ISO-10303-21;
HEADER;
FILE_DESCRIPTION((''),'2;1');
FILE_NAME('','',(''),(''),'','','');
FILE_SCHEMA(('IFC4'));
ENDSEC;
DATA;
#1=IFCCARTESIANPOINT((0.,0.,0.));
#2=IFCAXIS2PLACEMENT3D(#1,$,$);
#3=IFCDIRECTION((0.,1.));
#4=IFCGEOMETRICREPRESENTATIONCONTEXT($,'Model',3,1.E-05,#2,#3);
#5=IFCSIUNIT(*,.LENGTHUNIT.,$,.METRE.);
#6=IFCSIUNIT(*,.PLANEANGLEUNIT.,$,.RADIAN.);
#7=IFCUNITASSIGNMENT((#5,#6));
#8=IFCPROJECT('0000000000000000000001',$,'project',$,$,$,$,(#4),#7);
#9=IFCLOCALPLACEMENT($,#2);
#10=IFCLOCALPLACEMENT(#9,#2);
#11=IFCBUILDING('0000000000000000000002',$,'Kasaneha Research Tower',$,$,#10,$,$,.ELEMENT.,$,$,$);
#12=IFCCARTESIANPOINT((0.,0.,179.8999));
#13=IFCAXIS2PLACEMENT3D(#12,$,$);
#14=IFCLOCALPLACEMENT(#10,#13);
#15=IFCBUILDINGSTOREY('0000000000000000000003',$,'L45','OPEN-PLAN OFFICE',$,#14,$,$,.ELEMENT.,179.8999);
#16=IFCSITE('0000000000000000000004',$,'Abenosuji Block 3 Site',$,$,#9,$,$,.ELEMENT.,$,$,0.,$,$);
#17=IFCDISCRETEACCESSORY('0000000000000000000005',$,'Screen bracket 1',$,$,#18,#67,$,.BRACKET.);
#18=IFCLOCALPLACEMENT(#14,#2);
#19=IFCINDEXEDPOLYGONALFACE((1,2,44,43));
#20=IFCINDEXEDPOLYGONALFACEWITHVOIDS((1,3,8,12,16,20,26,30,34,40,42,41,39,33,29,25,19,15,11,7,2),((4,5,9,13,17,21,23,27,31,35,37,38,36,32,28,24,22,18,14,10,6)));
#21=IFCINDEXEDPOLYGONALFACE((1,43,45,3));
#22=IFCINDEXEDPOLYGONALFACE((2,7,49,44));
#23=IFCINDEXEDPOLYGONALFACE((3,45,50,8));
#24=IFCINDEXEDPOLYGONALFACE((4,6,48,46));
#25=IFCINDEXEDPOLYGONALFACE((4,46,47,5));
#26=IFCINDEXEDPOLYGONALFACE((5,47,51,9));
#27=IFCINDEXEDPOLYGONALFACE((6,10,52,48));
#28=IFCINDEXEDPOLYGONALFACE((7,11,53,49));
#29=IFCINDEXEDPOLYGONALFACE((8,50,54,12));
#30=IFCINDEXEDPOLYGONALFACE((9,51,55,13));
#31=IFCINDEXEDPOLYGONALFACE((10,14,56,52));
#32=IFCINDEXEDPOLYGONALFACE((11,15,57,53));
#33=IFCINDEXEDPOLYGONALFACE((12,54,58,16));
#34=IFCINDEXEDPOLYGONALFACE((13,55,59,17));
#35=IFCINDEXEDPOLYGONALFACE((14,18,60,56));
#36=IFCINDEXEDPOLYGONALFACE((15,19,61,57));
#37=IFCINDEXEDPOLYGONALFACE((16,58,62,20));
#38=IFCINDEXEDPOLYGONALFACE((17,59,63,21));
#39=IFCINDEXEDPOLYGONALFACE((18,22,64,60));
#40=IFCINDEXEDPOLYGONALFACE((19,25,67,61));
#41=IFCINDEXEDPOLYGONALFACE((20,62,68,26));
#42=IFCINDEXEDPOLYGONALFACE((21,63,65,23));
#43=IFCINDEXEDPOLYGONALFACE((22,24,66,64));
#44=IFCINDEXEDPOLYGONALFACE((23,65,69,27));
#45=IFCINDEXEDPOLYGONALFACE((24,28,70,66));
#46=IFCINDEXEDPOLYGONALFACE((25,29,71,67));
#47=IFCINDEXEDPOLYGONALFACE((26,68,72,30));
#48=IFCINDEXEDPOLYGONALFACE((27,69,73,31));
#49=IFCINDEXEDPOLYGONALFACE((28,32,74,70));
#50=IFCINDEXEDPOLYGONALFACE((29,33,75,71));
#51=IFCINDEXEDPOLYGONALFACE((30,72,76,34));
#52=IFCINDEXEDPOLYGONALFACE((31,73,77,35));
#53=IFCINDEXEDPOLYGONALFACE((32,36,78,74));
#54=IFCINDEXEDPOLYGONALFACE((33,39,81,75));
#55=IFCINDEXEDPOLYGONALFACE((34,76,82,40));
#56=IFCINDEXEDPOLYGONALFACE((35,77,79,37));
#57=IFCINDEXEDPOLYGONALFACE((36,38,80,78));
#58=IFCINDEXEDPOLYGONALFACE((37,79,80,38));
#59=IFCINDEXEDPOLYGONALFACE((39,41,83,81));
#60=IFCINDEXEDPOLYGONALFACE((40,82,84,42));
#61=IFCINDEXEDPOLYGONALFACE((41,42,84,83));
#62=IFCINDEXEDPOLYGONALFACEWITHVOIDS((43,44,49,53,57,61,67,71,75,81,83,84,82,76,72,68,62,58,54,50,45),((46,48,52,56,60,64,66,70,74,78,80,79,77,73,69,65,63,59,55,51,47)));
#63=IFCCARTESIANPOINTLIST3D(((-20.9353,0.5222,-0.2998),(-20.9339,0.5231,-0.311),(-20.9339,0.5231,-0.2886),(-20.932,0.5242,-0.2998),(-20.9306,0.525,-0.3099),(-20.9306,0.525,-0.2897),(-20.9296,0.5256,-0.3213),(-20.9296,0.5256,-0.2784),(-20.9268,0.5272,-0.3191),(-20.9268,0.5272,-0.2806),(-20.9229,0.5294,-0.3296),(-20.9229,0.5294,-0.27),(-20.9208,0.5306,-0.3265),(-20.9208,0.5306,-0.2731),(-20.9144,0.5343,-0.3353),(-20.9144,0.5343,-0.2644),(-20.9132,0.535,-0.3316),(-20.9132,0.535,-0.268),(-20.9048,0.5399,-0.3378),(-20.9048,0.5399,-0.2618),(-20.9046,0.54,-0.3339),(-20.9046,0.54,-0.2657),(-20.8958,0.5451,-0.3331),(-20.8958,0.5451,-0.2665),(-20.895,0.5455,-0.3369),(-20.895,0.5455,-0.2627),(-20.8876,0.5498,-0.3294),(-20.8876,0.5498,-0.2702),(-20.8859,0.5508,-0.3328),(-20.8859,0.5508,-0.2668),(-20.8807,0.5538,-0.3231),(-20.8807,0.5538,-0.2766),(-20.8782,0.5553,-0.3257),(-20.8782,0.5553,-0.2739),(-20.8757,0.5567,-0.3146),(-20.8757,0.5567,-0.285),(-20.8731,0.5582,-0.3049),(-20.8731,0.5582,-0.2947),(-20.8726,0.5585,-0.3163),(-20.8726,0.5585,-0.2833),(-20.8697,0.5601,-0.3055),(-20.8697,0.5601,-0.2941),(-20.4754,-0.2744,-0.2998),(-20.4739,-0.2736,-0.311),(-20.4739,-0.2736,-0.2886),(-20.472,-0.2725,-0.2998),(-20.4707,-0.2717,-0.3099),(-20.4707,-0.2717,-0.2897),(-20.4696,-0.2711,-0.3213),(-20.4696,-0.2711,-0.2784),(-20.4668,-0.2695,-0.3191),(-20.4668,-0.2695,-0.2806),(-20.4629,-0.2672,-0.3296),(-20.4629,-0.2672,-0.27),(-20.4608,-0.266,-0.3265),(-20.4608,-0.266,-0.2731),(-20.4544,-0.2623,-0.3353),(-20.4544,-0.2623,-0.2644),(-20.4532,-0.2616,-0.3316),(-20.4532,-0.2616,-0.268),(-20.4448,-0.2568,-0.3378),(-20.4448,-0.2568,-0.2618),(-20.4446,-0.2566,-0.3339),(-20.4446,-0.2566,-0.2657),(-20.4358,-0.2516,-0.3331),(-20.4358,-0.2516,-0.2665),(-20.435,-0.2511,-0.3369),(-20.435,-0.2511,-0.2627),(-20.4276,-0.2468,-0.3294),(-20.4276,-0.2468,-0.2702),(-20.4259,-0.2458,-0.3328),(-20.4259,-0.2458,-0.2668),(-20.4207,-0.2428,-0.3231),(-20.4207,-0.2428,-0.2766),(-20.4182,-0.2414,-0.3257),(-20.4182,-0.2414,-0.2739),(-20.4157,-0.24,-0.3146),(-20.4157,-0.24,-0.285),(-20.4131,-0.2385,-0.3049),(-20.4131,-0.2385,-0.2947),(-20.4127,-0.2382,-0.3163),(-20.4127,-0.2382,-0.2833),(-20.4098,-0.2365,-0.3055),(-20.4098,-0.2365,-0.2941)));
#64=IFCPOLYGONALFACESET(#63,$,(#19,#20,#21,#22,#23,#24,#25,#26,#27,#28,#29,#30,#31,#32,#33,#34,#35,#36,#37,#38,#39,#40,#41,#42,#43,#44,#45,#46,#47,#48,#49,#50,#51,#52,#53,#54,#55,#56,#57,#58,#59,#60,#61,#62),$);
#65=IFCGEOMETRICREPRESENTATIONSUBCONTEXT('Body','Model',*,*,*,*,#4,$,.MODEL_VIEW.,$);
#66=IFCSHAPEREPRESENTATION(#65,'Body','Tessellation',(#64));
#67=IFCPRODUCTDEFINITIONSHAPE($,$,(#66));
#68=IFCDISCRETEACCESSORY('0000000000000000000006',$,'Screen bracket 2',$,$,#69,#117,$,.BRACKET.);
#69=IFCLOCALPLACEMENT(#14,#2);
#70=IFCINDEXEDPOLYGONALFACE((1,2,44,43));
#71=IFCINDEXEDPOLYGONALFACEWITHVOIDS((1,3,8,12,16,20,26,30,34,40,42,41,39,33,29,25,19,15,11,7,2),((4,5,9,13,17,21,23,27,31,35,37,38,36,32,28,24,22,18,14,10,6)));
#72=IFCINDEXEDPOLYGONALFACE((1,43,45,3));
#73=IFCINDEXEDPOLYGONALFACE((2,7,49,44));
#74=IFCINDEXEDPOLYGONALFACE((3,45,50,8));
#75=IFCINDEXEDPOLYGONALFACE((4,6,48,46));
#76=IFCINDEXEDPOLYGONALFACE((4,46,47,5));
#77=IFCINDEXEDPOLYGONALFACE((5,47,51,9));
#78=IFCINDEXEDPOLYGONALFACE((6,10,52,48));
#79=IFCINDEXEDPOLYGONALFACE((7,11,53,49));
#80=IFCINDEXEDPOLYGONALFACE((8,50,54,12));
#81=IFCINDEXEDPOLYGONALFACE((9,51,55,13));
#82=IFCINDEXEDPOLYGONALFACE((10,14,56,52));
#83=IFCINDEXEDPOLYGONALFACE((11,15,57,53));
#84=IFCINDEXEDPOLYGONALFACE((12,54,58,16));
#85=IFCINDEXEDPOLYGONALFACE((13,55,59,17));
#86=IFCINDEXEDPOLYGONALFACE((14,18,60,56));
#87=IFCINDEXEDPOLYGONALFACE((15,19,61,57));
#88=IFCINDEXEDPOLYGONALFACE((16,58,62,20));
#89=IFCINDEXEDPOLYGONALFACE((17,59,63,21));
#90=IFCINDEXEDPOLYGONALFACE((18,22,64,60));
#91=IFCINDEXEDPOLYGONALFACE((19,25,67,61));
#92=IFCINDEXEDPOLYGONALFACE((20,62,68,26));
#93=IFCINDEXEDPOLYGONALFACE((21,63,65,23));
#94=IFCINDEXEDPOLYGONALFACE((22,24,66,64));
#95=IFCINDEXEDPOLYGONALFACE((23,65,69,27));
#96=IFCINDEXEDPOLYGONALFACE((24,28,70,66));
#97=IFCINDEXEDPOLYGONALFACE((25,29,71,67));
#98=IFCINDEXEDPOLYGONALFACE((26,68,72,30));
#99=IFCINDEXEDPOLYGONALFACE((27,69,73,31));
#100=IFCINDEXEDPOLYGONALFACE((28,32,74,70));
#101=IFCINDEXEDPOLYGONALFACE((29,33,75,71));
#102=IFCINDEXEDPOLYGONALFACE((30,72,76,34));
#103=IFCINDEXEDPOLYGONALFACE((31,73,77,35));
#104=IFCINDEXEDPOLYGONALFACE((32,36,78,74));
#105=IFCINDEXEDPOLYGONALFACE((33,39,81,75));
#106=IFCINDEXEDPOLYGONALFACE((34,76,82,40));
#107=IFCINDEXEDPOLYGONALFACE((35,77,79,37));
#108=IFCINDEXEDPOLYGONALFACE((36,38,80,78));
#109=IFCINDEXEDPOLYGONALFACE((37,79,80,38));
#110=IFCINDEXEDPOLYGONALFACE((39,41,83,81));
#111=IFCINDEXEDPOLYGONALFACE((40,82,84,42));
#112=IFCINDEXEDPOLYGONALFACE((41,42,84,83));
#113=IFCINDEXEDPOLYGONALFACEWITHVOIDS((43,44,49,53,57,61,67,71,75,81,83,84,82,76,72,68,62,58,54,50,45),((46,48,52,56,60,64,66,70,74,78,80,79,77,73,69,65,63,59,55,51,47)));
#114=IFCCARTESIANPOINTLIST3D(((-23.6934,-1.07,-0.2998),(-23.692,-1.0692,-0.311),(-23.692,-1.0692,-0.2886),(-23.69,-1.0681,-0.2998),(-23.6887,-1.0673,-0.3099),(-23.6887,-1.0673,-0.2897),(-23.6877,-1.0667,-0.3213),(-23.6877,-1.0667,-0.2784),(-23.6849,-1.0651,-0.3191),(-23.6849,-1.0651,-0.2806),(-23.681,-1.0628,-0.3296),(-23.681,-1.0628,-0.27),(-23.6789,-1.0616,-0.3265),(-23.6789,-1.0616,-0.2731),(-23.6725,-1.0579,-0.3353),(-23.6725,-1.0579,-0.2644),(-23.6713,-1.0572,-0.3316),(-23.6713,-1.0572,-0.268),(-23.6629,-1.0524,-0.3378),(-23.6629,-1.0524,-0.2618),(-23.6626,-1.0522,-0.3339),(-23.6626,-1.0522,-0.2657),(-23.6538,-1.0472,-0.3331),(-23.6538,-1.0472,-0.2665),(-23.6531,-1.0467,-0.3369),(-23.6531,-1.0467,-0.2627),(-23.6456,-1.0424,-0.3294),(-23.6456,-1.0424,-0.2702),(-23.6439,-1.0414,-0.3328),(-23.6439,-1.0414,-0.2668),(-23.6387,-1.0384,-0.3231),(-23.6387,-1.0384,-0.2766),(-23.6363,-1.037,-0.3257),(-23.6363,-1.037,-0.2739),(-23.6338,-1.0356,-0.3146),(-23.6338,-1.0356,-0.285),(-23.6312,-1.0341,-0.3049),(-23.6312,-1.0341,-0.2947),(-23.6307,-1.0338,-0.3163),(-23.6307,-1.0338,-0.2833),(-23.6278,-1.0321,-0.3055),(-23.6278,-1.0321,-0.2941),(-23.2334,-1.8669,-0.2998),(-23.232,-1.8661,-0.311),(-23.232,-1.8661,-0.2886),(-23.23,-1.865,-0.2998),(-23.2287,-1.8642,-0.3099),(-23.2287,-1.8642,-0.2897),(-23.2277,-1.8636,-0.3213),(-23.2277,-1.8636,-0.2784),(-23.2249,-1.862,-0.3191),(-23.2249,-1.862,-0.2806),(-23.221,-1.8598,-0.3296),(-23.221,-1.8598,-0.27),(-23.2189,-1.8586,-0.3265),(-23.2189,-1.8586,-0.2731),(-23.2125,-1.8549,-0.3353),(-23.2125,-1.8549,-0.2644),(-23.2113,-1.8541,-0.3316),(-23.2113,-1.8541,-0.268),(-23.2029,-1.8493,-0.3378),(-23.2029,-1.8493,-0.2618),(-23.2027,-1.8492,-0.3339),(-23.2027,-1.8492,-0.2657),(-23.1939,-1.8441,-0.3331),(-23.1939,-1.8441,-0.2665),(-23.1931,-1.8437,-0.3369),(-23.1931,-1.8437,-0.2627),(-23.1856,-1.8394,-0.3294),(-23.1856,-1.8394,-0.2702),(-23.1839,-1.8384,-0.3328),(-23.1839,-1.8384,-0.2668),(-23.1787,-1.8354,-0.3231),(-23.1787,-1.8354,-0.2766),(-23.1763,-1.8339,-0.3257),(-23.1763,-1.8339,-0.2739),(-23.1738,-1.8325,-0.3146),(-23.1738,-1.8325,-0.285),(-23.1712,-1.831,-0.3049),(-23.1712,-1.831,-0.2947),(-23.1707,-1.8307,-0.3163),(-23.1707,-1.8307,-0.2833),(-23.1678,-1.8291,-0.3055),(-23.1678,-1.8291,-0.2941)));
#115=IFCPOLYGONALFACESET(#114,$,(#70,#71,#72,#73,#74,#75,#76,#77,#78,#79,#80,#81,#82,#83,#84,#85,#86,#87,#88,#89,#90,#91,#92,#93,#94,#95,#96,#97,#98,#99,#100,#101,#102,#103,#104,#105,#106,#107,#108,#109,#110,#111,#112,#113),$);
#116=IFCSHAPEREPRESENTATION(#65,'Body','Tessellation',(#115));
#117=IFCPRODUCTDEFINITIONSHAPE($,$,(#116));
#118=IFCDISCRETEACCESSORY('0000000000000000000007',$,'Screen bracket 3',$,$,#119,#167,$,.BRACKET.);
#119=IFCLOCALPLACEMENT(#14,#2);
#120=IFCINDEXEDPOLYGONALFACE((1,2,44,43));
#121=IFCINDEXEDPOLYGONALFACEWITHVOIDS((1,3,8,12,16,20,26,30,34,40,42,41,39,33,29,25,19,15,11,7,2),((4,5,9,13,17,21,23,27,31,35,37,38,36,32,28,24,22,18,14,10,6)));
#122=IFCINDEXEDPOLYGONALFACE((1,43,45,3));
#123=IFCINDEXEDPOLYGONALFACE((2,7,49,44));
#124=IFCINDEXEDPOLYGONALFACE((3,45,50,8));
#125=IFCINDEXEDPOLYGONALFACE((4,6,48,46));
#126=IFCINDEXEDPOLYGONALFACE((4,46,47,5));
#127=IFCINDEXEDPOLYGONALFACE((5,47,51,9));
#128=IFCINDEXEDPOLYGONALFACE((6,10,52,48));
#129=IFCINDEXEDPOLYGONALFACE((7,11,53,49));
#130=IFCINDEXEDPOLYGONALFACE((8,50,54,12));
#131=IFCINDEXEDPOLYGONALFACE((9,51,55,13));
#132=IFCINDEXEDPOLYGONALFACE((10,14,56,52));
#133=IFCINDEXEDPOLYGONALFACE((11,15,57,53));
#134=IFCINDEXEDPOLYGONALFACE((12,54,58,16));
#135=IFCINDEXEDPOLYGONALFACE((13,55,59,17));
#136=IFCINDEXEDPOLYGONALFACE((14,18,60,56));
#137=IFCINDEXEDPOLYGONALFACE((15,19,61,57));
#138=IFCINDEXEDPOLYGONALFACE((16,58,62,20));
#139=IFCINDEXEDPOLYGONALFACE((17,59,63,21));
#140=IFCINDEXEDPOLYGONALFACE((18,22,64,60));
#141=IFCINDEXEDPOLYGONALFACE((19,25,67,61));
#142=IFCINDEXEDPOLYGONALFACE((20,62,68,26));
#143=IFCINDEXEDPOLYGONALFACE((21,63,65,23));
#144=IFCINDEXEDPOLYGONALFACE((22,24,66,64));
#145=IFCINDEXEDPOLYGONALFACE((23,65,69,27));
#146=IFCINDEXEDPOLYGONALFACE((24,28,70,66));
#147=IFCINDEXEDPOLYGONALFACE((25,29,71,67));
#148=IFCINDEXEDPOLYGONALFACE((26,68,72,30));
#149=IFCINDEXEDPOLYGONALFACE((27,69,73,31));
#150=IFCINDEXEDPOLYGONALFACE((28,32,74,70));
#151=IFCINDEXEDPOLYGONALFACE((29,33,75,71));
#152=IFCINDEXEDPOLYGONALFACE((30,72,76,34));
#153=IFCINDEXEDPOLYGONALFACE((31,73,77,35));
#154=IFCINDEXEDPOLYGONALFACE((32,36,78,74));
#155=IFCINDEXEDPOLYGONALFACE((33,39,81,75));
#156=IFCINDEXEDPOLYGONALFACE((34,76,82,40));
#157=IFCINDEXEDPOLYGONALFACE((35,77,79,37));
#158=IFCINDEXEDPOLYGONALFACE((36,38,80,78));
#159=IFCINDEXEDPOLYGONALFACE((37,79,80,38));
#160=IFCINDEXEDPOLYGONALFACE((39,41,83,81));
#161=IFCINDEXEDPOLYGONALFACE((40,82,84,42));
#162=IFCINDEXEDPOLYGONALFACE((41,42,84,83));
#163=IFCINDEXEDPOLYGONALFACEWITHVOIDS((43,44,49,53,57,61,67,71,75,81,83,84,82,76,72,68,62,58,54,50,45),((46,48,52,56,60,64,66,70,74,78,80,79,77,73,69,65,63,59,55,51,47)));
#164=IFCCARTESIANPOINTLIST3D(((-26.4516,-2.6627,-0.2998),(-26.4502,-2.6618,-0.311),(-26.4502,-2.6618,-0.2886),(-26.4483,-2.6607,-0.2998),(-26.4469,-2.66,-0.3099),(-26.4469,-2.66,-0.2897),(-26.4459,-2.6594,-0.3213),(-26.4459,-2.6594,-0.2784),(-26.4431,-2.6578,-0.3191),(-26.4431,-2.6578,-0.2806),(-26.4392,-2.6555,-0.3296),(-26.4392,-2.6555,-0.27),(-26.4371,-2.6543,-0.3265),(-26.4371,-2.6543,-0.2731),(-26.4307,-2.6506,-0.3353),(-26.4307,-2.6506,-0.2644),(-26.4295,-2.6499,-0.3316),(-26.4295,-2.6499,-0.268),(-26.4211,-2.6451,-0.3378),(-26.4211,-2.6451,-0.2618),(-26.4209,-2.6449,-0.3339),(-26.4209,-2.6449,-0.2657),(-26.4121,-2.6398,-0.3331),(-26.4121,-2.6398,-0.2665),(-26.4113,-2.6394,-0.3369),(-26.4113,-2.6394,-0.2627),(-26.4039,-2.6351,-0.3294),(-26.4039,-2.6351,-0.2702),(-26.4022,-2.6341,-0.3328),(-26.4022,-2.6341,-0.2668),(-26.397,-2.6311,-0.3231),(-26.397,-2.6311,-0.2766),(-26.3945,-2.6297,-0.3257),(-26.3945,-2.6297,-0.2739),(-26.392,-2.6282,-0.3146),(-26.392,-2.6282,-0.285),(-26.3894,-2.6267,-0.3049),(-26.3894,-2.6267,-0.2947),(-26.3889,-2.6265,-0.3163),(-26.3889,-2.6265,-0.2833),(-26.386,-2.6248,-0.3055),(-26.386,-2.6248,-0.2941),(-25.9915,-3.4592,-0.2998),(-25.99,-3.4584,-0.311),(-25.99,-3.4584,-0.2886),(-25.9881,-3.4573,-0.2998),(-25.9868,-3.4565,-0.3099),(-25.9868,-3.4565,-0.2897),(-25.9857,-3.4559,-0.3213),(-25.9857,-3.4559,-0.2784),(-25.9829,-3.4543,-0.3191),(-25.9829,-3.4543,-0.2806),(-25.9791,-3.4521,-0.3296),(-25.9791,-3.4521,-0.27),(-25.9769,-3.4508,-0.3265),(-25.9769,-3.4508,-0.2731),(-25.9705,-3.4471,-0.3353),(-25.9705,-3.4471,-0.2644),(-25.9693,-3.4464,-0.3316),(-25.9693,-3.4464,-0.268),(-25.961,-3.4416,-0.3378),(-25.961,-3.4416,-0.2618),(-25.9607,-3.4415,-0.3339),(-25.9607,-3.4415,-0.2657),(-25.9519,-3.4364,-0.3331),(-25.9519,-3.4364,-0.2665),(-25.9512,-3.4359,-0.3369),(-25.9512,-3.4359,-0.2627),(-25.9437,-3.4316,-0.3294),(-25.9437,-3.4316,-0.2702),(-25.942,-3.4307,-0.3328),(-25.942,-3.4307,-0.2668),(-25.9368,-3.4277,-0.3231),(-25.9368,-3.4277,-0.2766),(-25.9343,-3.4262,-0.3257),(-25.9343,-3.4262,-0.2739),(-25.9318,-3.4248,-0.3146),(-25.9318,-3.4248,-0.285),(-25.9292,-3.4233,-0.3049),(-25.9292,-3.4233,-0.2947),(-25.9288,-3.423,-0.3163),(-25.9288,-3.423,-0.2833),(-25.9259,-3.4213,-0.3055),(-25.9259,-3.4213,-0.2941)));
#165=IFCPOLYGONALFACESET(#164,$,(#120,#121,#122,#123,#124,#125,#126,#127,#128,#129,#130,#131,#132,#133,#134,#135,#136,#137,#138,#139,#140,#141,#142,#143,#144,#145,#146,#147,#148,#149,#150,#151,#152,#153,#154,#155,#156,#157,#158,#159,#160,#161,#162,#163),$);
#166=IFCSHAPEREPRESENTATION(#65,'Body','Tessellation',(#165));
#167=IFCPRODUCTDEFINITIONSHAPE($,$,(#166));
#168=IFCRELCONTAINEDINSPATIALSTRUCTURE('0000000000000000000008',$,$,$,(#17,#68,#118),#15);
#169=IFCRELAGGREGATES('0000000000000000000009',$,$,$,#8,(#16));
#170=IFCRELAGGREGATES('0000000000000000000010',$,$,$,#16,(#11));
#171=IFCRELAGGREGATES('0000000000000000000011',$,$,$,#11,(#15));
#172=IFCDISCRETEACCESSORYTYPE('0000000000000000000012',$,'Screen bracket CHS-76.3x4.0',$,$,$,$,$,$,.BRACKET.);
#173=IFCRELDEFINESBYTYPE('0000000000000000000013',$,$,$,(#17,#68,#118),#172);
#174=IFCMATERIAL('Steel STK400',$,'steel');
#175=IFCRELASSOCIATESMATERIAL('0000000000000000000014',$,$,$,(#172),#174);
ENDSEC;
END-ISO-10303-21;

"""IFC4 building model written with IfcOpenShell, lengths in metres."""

from ifc_helpers import new_model, si_unit, direction, frame, origin, origin_2d, place, context, subcontext, project, spatial, hollow_circle, extrude, material, material_profile, profile_set, type_object, element, save


model = new_model("IFC4")

# Units and contexts
model_context = context("Model", 3, precision=1e-05, world=origin(), true_north=direction((0.0, 1.0)))
body_context = subcontext(model_context, "Body", "Model", "MODEL_VIEW")
ifc_project = project(units=[si_unit("LENGTHUNIT", "METRE"), si_unit("PLANEANGLEUNIT", "RADIAN")], contexts=[model_context])

# Site, building, storey
site_placement = place(None, origin())
site = spatial("IfcSite", under=ifc_project, at=site_placement, Name="Abenosuji Block 3 Site", CompositionType="ELEMENT", RefElevation=0.0)
building_placement = place(site_placement, origin())
building = spatial("IfcBuilding", under=site, at=building_placement, Name="Kasaneha Research Tower", CompositionType="ELEMENT")
storey_placement = place(building_placement, frame((0.0, 0.0, 179.8999)))
storey = spatial("IfcBuildingStorey", under=building, at=storey_placement, Name="L45", Description="OPEN-PLAN OFFICE", CompositionType="ELEMENT", Elevation=179.8999)

# Discrete accessories
ifc_material_1 = material(Name="Steel STK400", Category="steel")
ifc_material_profile_1 = material_profile(ifc_material_1, hollow_circle(Radius=0.0381, WallThickness=0.0039, at=origin_2d()), Name="CHS-76.3x4.0")
ifc_profile_set_1 = profile_set([ifc_material_profile_1], Name="Steel STK400")
discrete_accessory_type = type_object("IfcDiscreteAccessoryType", Name="Screen bracket CHS-76.3x4.0", PredefinedType="BRACKET", material=ifc_profile_set_1)
for number, where, z_axis, x_axis, name in (
    (1, (-20.4424, -0.2554, -0.2998), (-0.500021, 0.866013, 0.0), (-0.866013, -0.500021, 0.0), "Screen bracket 1"),
):
    element("IfcDiscreteAccessory", number, at=place(storey_placement, frame(where, z_axis=z_axis, x_axis=x_axis)), inside=storey, type_object=discrete_accessory_type, Name=name, PredefinedType="BRACKET", context=body_context, shape_type="SweptSolid", body=[
        extrude(hollow_circle(Radius=0.0381, WallThickness=0.0039, at=origin_2d()), origin(), (0.0, 0.0, 1.0), 0.9199),
    ])
discrete_accessory_1_placement = place(storey_placement, frame((-23.2004, -1.8479, -0.2998), z_axis=(-0.499906, 0.86608, 0.0), x_axis=(-0.86608, -0.499906, 0.0)))
element("IfcDiscreteAccessory", 2, at=discrete_accessory_1_placement, inside=storey, type_object=discrete_accessory_type, Name="Screen bracket 2", PredefinedType="BRACKET", context=body_context, shape_type="SweptSolid", body=[
    extrude(hollow_circle(Radius=0.0381, WallThickness=0.0039, at=origin_2d()), origin(), (0.0, 0.0, 1.0), 0.9202),
])
discrete_accessory_2_placement = place(storey_placement, frame((-25.9585, -3.4402, -0.2998), z_axis=(-0.50022, 0.865898, 0.0), x_axis=(-0.865898, -0.50022, 0.0)))
element("IfcDiscreteAccessory", 3, at=discrete_accessory_2_placement, inside=storey, type_object=discrete_accessory_type, Name="Screen bracket 3", PredefinedType="BRACKET", context=body_context, shape_type="SweptSolid", body=[
    extrude(hollow_circle(Radius=0.0381, WallThickness=0.0039, at=origin_2d()), origin(), (0.0, 0.0, 1.0), 0.9199),
])

save(model, "model.ifc")
